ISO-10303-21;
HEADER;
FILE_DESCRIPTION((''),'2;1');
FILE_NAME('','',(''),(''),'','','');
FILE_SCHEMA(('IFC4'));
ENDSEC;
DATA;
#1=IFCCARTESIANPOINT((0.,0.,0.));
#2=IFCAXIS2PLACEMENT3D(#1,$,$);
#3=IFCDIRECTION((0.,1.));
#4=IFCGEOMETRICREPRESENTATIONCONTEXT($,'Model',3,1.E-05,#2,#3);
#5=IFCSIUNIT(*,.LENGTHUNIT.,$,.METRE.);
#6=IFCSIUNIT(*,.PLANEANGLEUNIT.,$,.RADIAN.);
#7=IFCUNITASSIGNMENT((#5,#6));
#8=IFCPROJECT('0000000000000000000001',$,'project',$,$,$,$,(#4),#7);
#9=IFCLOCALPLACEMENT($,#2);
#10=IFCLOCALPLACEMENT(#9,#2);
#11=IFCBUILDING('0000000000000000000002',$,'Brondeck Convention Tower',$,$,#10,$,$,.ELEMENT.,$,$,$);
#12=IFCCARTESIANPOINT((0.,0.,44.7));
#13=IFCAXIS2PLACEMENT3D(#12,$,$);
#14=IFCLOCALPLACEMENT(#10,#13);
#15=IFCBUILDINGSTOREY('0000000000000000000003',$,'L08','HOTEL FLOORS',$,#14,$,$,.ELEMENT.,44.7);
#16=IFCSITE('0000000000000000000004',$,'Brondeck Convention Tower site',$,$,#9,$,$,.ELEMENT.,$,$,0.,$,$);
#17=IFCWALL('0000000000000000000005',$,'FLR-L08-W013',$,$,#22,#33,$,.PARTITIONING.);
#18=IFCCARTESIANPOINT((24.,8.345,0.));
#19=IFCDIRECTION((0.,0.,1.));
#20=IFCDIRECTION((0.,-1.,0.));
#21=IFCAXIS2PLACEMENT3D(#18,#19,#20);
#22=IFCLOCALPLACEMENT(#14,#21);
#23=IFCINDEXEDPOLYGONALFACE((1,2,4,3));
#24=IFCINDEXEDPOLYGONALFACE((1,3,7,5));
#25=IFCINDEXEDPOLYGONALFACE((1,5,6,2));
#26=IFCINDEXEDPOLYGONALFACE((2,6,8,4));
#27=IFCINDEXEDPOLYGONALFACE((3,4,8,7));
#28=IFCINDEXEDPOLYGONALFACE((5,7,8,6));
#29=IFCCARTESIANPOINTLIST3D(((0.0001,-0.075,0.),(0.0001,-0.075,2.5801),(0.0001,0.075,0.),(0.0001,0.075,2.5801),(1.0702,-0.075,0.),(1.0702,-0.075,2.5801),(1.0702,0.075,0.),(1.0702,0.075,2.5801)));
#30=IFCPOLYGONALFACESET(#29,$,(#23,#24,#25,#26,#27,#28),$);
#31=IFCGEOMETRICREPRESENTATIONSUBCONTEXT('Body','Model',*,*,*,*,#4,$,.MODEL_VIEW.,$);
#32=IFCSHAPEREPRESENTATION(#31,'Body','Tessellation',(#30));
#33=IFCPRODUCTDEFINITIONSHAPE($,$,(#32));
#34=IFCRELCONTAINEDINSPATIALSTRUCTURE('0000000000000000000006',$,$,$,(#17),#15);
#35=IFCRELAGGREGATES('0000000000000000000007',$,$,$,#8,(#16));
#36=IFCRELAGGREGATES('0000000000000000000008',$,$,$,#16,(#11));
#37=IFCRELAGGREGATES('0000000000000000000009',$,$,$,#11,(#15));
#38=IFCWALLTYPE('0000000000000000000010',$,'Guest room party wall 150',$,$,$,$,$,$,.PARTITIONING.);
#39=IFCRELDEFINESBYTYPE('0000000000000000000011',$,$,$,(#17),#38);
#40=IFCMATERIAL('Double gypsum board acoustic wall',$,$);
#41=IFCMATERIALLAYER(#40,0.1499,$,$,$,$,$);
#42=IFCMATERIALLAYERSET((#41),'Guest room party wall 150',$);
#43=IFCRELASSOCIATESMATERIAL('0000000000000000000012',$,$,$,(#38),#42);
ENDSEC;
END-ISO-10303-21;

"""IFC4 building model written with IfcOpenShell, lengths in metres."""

from ifc_helpers import new_model, si_unit, direction, frame, frame_2d, origin, place, context, subcontext, project, spatial, rectangle, extrude, material, layer, layer_set, type_object, element, save


model = new_model("IFC4")

# Units and contexts
model_context = context("Model", 3, precision=1e-05, world=origin(), true_north=direction((0.0, 1.0)))
body_context = subcontext(model_context, "Body", "Model", "MODEL_VIEW")
ifc_project = project(units=[si_unit("LENGTHUNIT", "METRE"), si_unit("PLANEANGLEUNIT", "RADIAN")], contexts=[model_context])

# Site, building, storey
site_placement = place(None, origin())
site = spatial("IfcSite", under=ifc_project, at=site_placement, Name="Brondeck Convention Tower site", CompositionType="ELEMENT", RefElevation=0.0)
building_placement = place(site_placement, origin())
building = spatial("IfcBuilding", under=site, at=building_placement, Name="Brondeck Convention Tower", CompositionType="ELEMENT")
storey_placement = place(building_placement, frame((0.0, 0.0, 44.7)))
storey = spatial("IfcBuildingStorey", under=building, at=storey_placement, Name="L08", Description="HOTEL FLOORS", CompositionType="ELEMENT", Elevation=44.7)

# Shared definitions
ifc_material_1 = material(Name="Double gypsum board acoustic wall")
ifc_layer = layer(ifc_material_1, 0.1499)
ifc_layer_set = layer_set([ifc_layer], Name="Guest room party wall 150")
wall_type = type_object("IfcWallType", Name="Guest room party wall 150", PredefinedType="PARTITIONING", material=ifc_layer_set)

# Wall
wall_1_placement = place(storey_placement, frame((24.0, 8.345, 0.0), z_axis=(0.0, 0.0, 1.0), x_axis=(0.0, -1.0, 0.0)))
element("IfcWall", 1, at=wall_1_placement, inside=storey, type_object=wall_type, Name="FLR-L08-W013", PredefinedType="PARTITIONING", context=body_context, shape_type="SweptSolid", body=[
    extrude(rectangle(XDim=1.0701, YDim=0.1499, at=frame_2d((0.5352, 0.0))), origin(), (0.0, 0.0, 1.0), 2.5801),
])

save(model, "model.ifc")
